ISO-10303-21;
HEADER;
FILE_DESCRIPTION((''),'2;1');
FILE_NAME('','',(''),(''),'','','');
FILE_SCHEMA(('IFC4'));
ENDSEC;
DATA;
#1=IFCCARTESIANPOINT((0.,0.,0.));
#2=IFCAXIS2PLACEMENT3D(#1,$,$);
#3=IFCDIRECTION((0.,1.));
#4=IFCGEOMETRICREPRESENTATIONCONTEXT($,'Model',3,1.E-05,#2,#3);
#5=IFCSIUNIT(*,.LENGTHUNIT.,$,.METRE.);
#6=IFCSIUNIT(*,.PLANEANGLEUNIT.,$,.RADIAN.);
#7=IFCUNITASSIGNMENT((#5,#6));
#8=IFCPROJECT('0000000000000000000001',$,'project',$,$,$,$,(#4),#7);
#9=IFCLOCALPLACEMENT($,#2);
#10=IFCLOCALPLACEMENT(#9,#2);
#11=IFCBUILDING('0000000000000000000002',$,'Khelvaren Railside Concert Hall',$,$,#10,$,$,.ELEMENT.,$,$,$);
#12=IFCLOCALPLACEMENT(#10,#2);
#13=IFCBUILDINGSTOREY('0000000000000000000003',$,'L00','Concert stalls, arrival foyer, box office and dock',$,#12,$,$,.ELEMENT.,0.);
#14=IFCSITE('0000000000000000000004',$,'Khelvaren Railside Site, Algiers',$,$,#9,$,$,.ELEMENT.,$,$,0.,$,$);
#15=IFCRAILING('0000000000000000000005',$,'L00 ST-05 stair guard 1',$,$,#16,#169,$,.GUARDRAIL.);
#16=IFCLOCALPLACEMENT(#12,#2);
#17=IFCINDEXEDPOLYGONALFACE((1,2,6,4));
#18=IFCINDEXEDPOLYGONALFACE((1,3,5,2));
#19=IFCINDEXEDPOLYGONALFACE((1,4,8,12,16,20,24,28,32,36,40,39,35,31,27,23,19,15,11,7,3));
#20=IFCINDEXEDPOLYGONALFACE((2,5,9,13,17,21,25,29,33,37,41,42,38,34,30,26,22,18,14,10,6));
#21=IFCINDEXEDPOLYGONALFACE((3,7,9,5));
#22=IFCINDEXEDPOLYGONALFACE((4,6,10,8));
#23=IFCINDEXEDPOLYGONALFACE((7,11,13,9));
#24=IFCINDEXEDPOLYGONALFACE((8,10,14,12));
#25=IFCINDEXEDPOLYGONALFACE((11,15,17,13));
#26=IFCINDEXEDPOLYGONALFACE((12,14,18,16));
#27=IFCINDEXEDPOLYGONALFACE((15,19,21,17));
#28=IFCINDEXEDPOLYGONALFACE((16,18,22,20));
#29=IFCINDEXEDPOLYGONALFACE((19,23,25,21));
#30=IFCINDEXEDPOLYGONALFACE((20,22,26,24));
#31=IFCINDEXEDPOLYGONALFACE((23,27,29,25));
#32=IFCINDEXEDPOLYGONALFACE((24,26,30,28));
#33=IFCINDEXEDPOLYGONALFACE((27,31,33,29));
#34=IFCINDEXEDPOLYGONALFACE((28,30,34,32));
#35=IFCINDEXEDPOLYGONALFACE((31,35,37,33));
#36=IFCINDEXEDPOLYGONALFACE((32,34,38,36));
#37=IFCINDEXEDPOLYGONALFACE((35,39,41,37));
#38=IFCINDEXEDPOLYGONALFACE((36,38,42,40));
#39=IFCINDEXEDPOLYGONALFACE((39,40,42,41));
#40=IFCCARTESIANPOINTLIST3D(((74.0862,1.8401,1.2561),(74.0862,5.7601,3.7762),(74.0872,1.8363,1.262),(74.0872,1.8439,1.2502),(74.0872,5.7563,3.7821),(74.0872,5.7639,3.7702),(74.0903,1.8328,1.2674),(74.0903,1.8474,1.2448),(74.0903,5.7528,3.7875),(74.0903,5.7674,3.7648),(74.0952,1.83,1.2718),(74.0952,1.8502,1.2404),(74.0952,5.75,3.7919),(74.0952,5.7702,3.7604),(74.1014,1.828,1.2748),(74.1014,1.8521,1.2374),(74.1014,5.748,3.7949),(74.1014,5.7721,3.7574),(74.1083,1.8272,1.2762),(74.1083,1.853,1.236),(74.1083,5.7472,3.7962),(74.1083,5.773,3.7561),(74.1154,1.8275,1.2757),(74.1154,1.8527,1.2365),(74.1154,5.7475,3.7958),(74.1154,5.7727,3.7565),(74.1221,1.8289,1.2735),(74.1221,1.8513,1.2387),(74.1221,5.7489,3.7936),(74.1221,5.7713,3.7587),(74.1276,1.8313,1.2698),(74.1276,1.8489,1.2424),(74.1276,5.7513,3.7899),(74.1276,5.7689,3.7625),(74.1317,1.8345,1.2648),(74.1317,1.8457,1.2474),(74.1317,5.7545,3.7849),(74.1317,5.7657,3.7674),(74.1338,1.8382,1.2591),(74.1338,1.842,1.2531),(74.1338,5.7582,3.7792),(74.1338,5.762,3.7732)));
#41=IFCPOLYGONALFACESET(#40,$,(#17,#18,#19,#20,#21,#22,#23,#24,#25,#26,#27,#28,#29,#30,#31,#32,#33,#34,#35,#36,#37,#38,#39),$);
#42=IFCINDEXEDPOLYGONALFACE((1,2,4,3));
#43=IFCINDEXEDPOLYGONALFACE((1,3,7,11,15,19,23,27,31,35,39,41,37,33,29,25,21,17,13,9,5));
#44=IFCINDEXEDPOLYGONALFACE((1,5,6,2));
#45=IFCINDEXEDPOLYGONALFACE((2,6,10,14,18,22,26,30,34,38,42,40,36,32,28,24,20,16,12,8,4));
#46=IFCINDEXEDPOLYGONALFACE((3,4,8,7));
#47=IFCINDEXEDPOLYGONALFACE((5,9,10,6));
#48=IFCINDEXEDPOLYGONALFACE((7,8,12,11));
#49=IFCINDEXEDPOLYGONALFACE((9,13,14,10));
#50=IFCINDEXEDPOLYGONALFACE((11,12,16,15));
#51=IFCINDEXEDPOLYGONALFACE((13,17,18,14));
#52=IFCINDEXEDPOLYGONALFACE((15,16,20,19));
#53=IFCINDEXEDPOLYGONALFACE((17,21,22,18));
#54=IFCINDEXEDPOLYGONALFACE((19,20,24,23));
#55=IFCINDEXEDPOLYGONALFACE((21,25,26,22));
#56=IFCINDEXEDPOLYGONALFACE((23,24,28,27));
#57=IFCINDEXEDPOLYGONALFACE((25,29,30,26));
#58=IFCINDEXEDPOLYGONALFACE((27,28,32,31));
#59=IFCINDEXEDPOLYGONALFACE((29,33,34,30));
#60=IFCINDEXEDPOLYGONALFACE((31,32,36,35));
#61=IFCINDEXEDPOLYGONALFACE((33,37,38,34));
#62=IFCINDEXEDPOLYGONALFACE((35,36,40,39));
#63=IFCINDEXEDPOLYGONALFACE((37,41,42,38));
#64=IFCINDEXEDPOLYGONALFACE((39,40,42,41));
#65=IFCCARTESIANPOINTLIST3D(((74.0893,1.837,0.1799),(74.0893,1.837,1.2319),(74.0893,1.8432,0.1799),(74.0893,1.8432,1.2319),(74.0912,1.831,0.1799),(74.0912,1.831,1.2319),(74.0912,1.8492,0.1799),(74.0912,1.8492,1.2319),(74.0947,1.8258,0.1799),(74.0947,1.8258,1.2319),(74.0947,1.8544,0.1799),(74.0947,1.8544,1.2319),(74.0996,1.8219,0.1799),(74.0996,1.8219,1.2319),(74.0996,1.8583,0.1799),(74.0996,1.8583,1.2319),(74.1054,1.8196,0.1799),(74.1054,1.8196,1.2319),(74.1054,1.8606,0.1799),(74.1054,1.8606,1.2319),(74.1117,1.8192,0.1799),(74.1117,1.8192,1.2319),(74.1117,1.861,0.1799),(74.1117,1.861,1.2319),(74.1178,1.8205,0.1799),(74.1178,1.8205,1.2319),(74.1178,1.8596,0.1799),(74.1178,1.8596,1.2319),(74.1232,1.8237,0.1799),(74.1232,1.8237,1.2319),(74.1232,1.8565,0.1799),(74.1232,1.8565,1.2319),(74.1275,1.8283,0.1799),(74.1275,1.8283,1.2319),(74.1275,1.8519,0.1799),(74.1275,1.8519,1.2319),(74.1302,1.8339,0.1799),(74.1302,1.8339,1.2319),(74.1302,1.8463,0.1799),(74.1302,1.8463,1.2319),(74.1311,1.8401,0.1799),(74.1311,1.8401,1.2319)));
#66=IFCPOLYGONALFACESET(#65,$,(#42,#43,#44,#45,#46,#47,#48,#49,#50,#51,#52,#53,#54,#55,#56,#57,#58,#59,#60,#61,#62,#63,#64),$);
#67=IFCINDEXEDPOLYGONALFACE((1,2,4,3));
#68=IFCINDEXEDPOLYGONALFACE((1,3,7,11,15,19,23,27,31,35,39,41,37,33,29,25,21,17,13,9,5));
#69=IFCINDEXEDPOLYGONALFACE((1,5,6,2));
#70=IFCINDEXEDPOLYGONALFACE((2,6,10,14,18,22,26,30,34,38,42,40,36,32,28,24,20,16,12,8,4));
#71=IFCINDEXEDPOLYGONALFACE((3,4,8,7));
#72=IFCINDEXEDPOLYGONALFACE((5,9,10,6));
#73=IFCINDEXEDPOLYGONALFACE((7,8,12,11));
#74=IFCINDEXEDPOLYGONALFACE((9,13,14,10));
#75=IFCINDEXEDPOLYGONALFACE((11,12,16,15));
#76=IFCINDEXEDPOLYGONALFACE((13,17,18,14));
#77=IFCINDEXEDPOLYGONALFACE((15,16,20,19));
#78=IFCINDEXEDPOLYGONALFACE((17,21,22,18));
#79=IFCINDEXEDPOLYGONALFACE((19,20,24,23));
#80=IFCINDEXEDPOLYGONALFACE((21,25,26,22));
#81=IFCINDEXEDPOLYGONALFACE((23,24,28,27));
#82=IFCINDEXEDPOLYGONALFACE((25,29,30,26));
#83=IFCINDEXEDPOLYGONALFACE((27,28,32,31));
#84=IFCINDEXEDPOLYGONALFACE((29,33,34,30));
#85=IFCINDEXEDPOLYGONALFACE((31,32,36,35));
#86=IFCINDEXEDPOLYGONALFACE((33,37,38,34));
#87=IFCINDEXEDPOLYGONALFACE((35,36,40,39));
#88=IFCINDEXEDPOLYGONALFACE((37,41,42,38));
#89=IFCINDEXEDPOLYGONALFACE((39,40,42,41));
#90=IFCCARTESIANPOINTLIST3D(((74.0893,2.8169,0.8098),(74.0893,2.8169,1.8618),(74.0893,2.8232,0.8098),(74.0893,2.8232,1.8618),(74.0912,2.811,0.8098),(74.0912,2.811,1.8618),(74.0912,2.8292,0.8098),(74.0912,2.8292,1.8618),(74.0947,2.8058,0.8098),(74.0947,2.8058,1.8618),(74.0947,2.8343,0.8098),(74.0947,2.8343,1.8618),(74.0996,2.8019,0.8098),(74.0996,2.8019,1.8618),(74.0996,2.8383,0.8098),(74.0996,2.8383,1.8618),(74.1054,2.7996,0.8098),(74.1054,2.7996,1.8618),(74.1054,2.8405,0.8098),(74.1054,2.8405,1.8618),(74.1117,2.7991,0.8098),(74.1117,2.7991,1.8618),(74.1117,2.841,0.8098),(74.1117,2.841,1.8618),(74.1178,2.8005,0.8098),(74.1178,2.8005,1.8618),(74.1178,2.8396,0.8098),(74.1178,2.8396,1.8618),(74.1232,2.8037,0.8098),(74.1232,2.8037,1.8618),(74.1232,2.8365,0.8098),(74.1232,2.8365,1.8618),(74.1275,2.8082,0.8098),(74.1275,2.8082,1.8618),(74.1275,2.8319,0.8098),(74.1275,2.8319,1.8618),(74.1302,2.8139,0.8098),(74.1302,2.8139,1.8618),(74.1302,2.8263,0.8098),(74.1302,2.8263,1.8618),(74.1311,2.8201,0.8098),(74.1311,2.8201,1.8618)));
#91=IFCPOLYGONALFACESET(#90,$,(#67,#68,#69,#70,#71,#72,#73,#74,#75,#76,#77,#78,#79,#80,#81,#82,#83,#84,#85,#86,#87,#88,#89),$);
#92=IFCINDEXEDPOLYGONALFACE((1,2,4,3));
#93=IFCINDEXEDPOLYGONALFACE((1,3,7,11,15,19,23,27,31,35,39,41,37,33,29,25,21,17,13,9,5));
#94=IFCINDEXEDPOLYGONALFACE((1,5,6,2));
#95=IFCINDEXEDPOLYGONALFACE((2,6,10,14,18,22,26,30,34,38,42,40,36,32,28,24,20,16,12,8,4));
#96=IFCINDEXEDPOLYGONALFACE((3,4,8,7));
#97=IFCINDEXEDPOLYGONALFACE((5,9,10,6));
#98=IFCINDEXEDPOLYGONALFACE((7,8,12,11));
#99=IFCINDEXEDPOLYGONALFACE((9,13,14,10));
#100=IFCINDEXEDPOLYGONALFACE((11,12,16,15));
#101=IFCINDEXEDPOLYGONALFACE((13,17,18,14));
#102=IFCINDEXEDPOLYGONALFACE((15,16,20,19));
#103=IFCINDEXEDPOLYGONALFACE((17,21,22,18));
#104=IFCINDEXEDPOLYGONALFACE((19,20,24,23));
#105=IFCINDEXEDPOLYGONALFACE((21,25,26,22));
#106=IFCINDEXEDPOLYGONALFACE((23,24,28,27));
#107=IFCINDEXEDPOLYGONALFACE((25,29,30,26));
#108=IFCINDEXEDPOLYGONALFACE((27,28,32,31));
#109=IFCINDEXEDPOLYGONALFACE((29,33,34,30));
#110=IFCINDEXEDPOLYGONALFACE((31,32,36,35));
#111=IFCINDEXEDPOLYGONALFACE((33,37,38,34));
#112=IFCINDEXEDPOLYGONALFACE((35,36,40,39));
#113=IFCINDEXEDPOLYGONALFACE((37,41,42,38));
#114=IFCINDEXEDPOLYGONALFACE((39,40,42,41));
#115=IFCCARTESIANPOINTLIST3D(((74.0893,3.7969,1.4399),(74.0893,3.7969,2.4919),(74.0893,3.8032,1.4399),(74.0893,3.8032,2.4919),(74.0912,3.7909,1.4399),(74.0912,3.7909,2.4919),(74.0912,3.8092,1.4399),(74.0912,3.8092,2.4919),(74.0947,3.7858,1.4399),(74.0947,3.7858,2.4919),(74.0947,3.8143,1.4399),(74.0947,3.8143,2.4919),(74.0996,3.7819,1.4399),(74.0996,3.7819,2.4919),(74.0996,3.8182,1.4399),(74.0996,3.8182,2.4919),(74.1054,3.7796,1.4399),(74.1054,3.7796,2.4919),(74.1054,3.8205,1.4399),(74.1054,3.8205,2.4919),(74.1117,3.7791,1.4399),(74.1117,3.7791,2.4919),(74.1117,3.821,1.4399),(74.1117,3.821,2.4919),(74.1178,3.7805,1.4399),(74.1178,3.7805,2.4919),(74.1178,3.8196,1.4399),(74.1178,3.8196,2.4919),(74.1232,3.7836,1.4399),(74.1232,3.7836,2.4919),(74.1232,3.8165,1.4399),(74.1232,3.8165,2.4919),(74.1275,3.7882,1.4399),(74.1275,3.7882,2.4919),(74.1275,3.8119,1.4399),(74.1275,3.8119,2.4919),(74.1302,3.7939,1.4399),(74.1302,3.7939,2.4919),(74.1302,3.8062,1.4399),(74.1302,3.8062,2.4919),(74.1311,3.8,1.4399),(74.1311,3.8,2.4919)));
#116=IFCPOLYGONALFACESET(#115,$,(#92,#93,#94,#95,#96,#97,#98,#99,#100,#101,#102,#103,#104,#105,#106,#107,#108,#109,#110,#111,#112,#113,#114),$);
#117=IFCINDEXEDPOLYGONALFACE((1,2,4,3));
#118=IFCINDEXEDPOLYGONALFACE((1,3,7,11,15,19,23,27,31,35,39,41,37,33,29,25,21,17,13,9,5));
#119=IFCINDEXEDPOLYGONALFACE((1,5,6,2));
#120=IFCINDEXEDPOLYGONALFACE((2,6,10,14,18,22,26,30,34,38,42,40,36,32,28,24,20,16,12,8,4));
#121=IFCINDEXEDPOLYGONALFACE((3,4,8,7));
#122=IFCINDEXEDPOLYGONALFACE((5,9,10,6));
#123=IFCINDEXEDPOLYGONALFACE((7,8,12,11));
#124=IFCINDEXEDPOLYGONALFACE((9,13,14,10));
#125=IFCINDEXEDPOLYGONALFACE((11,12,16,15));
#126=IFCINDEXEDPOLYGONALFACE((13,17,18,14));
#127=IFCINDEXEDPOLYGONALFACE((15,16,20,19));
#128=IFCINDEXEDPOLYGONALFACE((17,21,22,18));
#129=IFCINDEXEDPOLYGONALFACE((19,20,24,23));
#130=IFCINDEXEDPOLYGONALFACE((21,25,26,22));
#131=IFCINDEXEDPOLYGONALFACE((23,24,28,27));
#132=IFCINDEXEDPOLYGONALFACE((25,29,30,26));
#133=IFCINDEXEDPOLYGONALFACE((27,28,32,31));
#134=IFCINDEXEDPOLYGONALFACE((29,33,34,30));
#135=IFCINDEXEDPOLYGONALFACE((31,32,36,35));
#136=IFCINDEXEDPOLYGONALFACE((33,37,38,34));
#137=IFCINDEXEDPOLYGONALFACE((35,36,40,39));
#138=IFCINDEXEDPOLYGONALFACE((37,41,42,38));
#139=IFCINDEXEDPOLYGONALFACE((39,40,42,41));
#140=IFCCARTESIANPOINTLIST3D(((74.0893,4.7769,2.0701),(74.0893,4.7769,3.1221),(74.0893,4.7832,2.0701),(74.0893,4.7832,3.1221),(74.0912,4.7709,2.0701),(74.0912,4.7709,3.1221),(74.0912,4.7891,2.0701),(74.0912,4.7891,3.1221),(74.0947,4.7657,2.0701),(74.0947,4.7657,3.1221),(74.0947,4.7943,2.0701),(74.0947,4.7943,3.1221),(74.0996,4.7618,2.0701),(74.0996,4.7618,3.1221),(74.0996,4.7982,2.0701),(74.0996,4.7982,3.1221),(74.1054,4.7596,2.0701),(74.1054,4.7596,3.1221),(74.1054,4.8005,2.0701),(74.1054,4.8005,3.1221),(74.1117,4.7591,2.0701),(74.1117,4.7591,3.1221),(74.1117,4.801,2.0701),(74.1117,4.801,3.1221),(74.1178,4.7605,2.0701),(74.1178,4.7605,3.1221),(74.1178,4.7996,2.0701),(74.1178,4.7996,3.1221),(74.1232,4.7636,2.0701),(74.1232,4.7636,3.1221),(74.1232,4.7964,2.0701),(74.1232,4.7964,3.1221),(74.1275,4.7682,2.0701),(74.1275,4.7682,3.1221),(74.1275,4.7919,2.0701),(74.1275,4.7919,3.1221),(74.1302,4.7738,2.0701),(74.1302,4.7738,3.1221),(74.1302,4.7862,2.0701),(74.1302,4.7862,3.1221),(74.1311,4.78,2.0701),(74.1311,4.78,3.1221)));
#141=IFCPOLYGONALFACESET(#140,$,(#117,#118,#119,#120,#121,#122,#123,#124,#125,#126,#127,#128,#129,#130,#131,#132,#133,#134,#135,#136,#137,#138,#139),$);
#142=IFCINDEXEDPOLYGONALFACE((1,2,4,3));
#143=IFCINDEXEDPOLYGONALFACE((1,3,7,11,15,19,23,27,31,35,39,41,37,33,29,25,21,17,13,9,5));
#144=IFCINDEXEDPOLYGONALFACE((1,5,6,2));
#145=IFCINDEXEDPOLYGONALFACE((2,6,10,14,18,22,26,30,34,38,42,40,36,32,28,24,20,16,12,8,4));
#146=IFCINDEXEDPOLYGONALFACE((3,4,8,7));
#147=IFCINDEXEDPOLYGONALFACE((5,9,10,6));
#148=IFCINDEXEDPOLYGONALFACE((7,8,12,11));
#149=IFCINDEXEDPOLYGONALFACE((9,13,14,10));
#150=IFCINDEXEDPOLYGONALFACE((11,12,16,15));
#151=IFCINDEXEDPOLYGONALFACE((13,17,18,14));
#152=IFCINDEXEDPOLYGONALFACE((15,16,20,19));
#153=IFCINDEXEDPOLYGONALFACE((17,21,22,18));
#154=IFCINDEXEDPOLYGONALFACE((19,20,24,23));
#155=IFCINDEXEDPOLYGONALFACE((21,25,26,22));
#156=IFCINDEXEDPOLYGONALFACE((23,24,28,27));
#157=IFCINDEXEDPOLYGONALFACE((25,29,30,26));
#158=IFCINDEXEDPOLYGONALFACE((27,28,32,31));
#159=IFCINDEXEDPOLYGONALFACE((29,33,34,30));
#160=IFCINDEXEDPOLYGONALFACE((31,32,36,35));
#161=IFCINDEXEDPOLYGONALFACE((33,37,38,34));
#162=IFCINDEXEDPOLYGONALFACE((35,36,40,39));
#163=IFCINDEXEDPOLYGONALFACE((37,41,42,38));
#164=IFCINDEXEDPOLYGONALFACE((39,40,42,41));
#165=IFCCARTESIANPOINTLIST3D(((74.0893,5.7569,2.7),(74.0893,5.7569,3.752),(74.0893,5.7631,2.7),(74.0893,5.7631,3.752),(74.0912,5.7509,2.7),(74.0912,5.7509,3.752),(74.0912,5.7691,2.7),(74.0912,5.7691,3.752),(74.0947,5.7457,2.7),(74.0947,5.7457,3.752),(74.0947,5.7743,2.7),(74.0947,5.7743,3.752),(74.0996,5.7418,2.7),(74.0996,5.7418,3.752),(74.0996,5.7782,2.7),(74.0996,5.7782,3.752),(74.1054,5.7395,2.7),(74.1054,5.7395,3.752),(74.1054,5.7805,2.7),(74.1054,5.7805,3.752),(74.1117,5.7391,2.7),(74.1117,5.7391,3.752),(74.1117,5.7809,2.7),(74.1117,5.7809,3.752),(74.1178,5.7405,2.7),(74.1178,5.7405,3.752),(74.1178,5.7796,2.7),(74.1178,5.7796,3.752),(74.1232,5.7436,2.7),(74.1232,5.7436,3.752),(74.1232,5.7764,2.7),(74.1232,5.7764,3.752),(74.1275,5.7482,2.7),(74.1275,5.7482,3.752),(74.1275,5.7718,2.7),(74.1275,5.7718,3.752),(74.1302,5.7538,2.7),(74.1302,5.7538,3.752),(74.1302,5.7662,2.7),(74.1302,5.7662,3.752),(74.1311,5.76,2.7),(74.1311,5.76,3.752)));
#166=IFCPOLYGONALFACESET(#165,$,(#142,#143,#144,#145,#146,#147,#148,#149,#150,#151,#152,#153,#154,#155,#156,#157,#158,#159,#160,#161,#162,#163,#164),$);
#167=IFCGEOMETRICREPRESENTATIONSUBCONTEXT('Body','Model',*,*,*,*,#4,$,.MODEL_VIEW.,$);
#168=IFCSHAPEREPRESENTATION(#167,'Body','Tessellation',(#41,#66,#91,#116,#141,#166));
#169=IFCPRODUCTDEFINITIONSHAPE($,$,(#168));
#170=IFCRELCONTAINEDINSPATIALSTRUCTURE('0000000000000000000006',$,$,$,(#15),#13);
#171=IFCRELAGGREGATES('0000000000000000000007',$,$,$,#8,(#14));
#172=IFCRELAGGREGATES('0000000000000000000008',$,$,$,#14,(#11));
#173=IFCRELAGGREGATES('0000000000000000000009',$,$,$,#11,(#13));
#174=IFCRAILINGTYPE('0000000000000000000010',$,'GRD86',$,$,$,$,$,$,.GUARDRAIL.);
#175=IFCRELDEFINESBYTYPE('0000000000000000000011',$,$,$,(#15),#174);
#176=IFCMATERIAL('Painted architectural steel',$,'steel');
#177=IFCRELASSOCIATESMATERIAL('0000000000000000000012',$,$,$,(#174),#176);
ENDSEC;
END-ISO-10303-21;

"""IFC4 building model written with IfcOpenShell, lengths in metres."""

from ifc_helpers import new_model, si_unit, direction, frame, origin, origin_2d, place, context, subcontext, project, spatial, circle, extrude, material, type_object, element, save


model = new_model("IFC4")

# Units and contexts
model_context = context("Model", 3, precision=1e-05, world=origin(), true_north=direction((0.0, 1.0)))
body_context = subcontext(model_context, "Body", "Model", "MODEL_VIEW")
ifc_project = project(units=[si_unit("LENGTHUNIT", "METRE"), si_unit("PLANEANGLEUNIT", "RADIAN")], contexts=[model_context])

# Site, building, storey
site_placement = place(None, origin())
site = spatial("IfcSite", under=ifc_project, at=site_placement, Name="Khelvaren Railside Site, Algiers", CompositionType="ELEMENT", RefElevation=0.0)
building_placement = place(site_placement, origin())
building = spatial("IfcBuilding", under=site, at=building_placement, Name="Khelvaren Railside Concert Hall", CompositionType="ELEMENT")
storey_placement = place(building_placement, origin())
storey = spatial("IfcBuildingStorey", under=building, at=storey_placement, Name="L00", Description="Concert stalls, arrival foyer, box office and dock", CompositionType="ELEMENT", Elevation=0.0)

# Railing
ifc_material_1 = material(Name="Painted architectural steel", Category="steel")
railing_type = type_object("IfcRailingType", Name="GRD86", PredefinedType="GUARDRAIL", material=ifc_material_1)
railing_1_placement = place(storey_placement, frame((74.1101, 1.8401, 0.1799)))
element("IfcRailing", 1, at=railing_1_placement, inside=storey, type_object=railing_type, Name="L00 ST-05 stair guard 1", PredefinedType="GUARDRAIL", context=body_context, shape_type="SweptSolid", body=[
    extrude(circle(Radius=0.0239, at=origin_2d()), frame((0.0, 0.0, 1.0762), z_axis=(0.0, 0.841172, 0.540768), x_axis=(-1.0, 0.0, 0.0)), (0.0, 0.0, 1.0), 4.6602),
    extrude(circle(Radius=0.021, at=origin_2d()), origin(), (0.0, 0.0, 1.0), 1.052),
    extrude(circle(Radius=0.021, at=origin_2d()), frame((0.0, 0.98, 0.6299)), (0.0, 0.0, 1.0), 1.052),
    extrude(circle(Radius=0.021, at=origin_2d()), frame((0.0, 1.96, 1.26)), (0.0, 0.0, 1.0), 1.052),
    extrude(circle(Radius=0.021, at=origin_2d()), frame((0.0, 2.9399, 1.8901)), (0.0, 0.0, 1.0), 1.052),
    extrude(circle(Radius=0.021, at=origin_2d()), frame((0.0, 3.9199, 2.52)), (0.0, 0.0, 1.0), 1.052),
])

save(model, "model.ifc")
